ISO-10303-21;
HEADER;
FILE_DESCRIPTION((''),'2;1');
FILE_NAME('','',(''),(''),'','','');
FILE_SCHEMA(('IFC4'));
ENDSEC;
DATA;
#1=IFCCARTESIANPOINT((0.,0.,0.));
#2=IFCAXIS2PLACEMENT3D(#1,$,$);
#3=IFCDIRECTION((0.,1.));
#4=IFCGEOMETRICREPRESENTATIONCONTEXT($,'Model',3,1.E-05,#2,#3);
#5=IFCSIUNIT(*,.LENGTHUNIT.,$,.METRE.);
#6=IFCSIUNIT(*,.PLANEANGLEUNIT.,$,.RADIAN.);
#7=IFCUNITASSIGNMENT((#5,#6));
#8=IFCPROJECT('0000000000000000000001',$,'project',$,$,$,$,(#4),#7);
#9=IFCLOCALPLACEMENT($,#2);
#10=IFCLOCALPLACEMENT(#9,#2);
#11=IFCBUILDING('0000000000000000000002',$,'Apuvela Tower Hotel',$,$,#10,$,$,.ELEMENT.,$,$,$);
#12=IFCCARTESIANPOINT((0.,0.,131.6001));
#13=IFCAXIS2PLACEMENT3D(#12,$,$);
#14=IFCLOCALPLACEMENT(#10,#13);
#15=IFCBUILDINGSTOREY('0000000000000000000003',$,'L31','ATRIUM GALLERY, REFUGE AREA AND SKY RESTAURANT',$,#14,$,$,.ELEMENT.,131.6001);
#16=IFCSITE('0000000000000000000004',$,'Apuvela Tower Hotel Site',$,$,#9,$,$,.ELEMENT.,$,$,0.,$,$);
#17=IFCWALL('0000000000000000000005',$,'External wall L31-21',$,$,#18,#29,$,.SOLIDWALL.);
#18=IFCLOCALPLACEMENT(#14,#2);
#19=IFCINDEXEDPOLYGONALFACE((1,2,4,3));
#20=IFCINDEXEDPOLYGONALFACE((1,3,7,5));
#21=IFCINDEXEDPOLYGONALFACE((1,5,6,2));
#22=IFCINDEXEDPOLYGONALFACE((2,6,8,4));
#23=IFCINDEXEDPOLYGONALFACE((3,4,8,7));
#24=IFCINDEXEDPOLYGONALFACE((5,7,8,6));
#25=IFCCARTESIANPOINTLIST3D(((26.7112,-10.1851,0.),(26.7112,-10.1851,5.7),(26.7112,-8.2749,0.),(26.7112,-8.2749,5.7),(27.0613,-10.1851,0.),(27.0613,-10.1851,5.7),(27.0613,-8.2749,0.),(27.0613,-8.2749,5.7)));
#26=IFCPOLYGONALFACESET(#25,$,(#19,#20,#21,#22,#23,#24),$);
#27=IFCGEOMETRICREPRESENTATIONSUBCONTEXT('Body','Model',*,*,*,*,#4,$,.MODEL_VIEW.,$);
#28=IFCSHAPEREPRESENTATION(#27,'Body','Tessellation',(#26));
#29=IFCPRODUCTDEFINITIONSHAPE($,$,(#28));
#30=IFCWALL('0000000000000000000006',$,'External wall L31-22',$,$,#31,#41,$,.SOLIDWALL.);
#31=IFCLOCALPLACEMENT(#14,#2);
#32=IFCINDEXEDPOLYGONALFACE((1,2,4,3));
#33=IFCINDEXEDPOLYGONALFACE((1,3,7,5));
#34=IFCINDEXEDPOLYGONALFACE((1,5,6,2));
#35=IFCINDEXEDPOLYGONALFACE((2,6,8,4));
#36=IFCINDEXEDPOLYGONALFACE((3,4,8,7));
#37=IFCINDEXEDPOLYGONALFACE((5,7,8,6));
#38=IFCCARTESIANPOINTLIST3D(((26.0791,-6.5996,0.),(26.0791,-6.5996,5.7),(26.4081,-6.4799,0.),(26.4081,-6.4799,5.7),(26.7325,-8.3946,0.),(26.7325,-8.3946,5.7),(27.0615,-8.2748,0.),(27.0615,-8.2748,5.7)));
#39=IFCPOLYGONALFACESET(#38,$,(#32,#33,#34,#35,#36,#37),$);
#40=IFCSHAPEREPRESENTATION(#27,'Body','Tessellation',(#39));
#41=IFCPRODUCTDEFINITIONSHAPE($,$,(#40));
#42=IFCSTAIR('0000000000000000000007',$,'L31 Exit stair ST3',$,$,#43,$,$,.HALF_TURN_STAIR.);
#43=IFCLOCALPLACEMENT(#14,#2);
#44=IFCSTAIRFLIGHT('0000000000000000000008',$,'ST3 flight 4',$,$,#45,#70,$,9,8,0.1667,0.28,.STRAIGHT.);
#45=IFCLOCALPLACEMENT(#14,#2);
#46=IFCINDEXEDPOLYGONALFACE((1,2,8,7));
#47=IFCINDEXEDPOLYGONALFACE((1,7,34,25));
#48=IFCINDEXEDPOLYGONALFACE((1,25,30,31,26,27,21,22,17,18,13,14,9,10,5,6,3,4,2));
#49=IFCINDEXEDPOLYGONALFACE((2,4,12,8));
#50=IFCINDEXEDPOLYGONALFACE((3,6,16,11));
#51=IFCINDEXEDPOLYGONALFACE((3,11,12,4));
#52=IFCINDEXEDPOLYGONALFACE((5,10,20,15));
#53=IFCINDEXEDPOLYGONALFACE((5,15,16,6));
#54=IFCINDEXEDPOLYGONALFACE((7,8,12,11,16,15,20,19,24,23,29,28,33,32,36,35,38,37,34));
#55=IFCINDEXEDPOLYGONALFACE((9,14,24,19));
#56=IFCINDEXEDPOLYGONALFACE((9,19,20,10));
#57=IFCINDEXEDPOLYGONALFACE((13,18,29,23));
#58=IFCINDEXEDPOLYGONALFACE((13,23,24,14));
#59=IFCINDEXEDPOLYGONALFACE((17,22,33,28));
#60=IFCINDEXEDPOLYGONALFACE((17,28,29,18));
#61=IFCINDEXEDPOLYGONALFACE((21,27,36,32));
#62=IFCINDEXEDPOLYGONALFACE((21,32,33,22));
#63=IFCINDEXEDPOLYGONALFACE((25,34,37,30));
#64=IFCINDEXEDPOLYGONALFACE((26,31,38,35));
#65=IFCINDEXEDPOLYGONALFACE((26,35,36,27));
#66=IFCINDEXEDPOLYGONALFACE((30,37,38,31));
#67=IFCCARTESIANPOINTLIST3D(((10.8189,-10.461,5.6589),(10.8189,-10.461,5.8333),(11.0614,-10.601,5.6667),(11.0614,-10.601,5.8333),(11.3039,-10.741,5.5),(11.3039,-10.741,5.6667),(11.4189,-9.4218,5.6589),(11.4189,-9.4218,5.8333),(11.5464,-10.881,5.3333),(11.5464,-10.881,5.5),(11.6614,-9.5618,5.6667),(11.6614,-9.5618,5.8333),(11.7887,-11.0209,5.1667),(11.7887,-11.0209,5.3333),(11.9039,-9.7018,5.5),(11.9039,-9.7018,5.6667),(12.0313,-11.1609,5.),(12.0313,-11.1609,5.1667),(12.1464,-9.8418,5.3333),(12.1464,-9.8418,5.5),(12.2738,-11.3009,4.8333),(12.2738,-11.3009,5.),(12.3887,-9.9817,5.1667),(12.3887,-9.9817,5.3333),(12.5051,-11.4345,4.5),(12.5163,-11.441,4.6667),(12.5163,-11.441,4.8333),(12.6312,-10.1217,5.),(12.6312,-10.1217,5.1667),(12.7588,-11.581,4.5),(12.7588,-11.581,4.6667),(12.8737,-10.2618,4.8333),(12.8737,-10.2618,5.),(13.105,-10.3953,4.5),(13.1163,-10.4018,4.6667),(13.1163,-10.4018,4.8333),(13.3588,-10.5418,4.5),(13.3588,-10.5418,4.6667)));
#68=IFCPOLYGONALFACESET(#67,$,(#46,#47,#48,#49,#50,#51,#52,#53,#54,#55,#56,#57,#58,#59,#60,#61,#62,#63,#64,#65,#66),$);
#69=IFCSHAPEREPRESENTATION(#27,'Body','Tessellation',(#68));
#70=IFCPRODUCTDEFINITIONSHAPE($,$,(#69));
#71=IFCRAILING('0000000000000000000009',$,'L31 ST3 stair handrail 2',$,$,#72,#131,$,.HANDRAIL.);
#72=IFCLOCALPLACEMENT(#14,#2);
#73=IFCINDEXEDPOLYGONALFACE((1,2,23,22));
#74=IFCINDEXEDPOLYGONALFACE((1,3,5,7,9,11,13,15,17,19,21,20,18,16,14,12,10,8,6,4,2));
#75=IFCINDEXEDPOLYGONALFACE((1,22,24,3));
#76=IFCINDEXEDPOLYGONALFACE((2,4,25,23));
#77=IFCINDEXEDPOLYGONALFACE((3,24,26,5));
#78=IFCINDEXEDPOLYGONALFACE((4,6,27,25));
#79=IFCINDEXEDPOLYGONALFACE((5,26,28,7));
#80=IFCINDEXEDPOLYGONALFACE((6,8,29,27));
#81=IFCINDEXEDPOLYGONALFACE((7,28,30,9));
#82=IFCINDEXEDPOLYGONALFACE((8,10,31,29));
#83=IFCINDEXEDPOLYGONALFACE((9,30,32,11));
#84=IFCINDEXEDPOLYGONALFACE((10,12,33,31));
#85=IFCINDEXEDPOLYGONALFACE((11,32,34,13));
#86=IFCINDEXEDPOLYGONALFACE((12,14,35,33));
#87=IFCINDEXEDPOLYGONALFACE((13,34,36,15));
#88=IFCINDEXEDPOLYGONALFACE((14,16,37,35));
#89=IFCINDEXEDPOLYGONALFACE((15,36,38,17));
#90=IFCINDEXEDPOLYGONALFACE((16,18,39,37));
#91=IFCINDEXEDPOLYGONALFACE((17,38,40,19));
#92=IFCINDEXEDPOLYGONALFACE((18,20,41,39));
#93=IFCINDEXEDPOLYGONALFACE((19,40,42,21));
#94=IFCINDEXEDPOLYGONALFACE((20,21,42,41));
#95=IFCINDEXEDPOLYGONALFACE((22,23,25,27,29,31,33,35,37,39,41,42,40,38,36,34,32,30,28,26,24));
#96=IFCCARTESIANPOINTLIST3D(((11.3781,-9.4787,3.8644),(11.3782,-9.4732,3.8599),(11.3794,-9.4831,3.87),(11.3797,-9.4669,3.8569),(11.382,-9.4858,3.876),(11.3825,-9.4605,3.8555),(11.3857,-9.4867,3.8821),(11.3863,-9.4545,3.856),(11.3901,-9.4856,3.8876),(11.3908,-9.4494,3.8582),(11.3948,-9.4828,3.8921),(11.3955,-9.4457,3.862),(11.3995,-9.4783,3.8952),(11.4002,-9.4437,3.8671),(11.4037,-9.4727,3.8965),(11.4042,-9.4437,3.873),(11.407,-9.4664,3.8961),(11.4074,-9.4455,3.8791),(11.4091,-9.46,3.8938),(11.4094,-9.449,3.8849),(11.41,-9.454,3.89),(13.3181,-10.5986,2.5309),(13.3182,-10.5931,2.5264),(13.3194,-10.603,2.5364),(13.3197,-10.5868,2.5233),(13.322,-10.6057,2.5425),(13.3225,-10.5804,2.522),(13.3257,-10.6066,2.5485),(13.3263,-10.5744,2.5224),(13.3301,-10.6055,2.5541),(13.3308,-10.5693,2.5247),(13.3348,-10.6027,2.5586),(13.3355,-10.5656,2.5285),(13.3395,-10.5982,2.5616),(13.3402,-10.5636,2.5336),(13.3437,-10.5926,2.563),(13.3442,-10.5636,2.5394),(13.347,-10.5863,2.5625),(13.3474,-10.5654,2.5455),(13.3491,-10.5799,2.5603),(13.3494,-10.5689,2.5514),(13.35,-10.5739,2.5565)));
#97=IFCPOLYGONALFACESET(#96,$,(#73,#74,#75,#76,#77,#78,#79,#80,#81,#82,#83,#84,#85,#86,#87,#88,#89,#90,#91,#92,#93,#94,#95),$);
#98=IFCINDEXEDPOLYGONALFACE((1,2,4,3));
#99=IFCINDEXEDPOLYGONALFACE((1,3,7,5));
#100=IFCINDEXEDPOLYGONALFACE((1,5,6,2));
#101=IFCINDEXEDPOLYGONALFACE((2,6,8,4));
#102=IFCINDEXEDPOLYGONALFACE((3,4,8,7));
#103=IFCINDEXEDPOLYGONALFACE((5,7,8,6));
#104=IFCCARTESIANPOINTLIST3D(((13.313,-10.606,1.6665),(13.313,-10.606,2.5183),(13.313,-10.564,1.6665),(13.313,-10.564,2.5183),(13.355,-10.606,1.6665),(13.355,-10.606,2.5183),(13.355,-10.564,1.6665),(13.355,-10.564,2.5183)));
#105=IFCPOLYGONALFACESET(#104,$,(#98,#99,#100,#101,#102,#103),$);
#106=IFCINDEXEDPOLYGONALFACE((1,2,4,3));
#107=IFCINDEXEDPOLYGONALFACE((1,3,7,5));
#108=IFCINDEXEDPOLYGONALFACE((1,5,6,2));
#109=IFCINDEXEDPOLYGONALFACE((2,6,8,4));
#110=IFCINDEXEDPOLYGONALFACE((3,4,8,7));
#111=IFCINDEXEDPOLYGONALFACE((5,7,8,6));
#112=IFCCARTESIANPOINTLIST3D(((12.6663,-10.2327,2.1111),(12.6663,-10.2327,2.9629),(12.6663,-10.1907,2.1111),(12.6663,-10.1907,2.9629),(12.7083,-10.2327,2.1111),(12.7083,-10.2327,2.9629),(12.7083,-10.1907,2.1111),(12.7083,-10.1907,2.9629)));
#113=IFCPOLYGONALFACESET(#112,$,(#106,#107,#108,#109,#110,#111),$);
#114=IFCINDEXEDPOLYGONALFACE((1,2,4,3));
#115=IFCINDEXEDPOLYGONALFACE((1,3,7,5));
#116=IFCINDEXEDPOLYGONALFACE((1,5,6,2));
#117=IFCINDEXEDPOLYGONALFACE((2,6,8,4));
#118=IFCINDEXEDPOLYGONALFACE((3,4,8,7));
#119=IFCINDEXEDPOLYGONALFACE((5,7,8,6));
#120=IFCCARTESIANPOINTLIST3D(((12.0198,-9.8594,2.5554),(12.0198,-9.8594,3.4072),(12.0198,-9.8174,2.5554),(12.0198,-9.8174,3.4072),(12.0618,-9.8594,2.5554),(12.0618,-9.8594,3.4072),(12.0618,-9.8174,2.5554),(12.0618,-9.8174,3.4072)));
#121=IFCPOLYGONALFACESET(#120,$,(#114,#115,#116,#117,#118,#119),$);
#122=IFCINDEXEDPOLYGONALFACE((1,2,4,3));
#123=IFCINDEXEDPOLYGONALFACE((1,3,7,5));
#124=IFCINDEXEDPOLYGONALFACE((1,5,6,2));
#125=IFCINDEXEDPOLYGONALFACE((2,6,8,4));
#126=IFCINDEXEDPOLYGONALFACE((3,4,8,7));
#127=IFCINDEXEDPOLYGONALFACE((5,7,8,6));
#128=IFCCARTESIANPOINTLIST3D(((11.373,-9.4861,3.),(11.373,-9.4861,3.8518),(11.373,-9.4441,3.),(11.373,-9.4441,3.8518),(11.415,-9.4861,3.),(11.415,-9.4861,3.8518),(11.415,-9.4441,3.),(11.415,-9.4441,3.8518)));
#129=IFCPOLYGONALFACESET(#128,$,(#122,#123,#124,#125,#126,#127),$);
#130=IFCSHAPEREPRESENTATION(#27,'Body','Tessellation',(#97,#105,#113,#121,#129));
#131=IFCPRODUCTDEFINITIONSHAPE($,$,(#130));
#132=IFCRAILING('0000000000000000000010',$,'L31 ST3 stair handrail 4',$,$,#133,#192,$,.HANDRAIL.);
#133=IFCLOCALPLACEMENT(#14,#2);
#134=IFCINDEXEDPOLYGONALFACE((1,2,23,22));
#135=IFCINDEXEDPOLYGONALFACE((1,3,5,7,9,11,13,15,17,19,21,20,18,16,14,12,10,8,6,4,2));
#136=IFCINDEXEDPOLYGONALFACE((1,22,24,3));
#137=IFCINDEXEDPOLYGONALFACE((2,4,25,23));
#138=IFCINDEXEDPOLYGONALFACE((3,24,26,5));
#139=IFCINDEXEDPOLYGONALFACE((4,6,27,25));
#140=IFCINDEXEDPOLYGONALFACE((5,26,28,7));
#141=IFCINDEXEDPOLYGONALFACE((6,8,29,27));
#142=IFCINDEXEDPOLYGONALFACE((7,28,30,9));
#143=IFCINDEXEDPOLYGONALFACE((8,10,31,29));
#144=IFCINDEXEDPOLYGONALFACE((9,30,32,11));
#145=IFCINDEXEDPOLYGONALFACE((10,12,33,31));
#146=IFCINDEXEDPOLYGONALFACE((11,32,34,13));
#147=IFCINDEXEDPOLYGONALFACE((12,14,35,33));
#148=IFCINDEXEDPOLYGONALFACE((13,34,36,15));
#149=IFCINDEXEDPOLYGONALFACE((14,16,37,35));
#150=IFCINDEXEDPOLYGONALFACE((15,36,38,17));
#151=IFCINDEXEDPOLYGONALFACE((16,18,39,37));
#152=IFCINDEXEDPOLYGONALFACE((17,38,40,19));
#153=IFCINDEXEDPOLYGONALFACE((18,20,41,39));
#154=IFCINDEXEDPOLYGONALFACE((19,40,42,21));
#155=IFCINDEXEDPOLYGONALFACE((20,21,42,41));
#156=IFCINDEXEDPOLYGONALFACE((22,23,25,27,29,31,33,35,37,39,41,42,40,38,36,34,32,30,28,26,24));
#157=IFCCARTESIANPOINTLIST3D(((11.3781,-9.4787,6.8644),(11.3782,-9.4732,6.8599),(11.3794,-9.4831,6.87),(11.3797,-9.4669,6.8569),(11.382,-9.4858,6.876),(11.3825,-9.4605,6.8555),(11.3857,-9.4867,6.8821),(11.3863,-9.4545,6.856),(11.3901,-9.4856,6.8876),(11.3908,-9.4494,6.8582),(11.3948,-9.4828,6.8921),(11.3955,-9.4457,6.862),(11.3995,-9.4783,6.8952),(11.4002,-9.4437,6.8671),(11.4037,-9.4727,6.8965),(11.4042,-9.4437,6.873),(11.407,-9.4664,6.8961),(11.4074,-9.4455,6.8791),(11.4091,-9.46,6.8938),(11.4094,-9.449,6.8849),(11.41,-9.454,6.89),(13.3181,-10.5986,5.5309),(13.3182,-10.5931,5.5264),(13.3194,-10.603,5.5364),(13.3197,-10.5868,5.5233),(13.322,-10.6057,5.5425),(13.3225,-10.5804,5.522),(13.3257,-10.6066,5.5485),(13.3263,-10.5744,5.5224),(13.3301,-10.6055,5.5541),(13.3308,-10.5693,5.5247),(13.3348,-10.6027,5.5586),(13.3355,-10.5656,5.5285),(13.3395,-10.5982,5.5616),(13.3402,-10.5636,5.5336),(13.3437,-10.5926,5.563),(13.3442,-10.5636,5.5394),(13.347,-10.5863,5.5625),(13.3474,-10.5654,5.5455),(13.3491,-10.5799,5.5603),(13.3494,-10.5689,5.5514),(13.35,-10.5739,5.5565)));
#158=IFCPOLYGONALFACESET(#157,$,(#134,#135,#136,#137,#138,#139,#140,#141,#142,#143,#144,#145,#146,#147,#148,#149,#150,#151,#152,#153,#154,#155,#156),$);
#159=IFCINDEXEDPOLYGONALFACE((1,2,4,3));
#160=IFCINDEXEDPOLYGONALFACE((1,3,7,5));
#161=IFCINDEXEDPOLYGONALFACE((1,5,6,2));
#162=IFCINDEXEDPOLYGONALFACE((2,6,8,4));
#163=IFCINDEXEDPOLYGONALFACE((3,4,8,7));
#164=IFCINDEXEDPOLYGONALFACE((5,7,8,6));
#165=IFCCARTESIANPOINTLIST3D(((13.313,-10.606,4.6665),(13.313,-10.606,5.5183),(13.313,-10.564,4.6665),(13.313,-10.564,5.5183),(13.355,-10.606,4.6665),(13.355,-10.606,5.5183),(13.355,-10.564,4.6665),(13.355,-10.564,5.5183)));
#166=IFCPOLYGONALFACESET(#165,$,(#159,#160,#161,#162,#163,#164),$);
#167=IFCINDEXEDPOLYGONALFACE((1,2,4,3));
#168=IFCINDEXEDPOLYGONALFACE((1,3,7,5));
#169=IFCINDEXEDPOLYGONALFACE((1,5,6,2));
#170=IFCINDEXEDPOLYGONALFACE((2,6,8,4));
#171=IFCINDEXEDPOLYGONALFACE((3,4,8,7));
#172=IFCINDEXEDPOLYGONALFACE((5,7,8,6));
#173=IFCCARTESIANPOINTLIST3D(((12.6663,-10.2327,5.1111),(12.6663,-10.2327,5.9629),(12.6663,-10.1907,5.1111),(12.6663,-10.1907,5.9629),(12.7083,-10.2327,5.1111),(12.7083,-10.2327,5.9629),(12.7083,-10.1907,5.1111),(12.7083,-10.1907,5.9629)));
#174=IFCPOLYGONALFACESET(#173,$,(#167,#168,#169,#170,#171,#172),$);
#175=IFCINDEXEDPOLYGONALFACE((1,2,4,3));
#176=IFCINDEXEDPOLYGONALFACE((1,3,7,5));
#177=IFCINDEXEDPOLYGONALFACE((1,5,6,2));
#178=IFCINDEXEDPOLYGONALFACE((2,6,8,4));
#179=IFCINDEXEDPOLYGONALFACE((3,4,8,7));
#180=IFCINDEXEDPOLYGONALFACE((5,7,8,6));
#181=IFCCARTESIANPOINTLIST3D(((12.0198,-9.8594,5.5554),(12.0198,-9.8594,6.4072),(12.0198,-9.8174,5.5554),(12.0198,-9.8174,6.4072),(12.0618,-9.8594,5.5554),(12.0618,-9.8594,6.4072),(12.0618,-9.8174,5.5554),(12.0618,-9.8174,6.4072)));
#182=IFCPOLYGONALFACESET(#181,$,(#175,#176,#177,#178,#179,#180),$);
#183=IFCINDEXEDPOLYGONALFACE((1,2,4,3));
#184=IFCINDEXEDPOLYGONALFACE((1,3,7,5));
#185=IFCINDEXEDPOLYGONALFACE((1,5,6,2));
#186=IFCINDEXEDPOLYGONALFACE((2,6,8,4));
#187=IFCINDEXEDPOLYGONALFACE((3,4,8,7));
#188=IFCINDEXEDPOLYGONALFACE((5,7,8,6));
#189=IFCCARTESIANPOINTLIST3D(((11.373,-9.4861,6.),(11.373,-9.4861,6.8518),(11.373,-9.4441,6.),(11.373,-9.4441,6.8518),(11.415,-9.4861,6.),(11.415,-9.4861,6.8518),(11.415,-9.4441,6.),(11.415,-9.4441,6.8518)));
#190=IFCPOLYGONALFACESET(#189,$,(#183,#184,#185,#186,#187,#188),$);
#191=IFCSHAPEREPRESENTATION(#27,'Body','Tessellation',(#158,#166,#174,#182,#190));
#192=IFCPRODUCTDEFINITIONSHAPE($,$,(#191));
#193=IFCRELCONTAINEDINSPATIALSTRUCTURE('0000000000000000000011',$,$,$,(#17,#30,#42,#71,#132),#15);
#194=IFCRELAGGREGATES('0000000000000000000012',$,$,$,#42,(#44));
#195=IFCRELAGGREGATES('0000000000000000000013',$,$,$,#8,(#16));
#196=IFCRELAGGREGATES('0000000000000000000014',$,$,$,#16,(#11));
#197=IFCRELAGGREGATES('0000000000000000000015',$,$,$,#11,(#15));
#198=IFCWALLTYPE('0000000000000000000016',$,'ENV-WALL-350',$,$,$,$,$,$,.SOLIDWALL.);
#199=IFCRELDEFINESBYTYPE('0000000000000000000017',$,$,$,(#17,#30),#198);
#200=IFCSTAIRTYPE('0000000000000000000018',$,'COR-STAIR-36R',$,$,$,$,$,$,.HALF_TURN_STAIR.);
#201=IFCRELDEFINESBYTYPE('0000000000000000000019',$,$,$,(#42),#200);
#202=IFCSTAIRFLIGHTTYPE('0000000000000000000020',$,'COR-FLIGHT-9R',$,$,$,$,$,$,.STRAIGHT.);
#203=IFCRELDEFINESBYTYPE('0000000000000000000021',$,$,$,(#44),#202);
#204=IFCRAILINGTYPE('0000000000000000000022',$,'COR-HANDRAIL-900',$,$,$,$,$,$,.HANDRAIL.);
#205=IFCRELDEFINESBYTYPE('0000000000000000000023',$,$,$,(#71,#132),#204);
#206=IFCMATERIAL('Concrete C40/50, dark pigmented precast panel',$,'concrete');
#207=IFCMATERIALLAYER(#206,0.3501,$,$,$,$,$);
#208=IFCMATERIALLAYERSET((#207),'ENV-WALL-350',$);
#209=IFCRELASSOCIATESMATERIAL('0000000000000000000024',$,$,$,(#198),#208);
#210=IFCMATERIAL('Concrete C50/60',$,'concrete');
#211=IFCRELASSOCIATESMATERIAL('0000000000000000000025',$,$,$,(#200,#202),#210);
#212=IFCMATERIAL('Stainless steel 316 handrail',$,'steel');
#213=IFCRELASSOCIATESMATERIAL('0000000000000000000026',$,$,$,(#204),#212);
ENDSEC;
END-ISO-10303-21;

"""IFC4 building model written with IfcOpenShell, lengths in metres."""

from ifc_helpers import new_model, si_unit, direction, frame, frame_2d, origin, origin_2d, place, context, subcontext, project, spatial, polyline, rectangle, circle, outline, extrude, material, layer, layer_set, type_object, element, aggregate, save


model = new_model("IFC4")

# Units and contexts
model_context = context("Model", 3, precision=1e-05, world=origin(), true_north=direction((0.0, 1.0)))
body_context = subcontext(model_context, "Body", "Model", "MODEL_VIEW")
ifc_project = project(units=[si_unit("LENGTHUNIT", "METRE"), si_unit("PLANEANGLEUNIT", "RADIAN")], contexts=[model_context])

# Site, building, storey
site_placement = place(None, origin())
site = spatial("IfcSite", under=ifc_project, at=site_placement, Name="Apuvela Tower Hotel Site", CompositionType="ELEMENT", RefElevation=0.0)
building_placement = place(site_placement, origin())
building = spatial("IfcBuilding", under=site, at=building_placement, Name="Apuvela Tower Hotel", CompositionType="ELEMENT")
storey_placement = place(building_placement, frame((0.0, 0.0, 131.6001)))
storey = spatial("IfcBuildingStorey", under=building, at=storey_placement, Name="L31", Description="ATRIUM GALLERY, REFUGE AREA AND SKY RESTAURANT", CompositionType="ELEMENT", Elevation=131.6001)

# Shared definitions
ifc_material_1 = material(Name="Concrete C50/60", Category="concrete")

# Walls
ifc_material_2 = material(Name="Concrete C40/50, dark pigmented precast panel", Category="concrete")
ifc_layer_1 = layer(ifc_material_2, 0.3501)
ifc_layer_set_1 = layer_set([ifc_layer_1], Name="ENV-WALL-350")
wall_type_1 = type_object("IfcWallType", Name="ENV-WALL-350", PredefinedType="SOLIDWALL", material=ifc_layer_set_1)
for number, where, z_axis, x_axis, name in (
    (1, (26.8862, -10.1851, 0.0), (0.0, 0.0, 1.0), (0.0, 1.0, 0.0), "External wall L31-21"),
    (2, (26.897, -8.3347, 0.0), (0.0, 0.0, 1.0), (-0.34203, 0.939689, 0.0), "External wall L31-22"),
):
    element("IfcWall", number, at=place(storey_placement, frame(where, z_axis=z_axis, x_axis=x_axis)), inside=storey, type_object=wall_type_1, Name=name, PredefinedType="SOLIDWALL", context=body_context, shape_type="SweptSolid", body=[
        extrude(rectangle(XDim=1.9102, YDim=0.3501, at=frame_2d((0.9551, 0.0))), origin(), (0.0, 0.0, 1.0), 5.7),
    ])

# Stair, stair flight
stair_type = type_object("IfcStairType", Name="COR-STAIR-36R", PredefinedType="HALF_TURN_STAIR", material=ifc_material_1)
stair_placement = place(storey_placement, origin())
stair = element("IfcStair", 3, at=stair_placement, inside=storey, type_object=stair_type, Name="L31 Exit stair ST3", PredefinedType="HALF_TURN_STAIR")
stair_flight_type = type_object("IfcStairFlightType", Name="COR-FLIGHT-9R", PredefinedType="STRAIGHT", material=ifc_material_1)
stair_flight_placement = place(storey_placement, frame((13.0588, -11.0613, 4.5), z_axis=(0.0, 0.0, 1.0), x_axis=(-0.866025, 0.5, 0.0)))
stair_flight = element("IfcStairFlight", 4, at=stair_flight_placement, type_object=stair_flight_type, Name="ST3 flight 4", NumberOfRisers=9, NumberOfTreads=8, PredefinedType="STRAIGHT", RiserHeight=0.1667, TreadLength=0.28, context=body_context, shape_type="SweptSolid", body=[
    extrude(outline(polyline([(0.0, 0.0), (0.0, 0.1667), (0.28, 0.1667), (0.28, 0.3333), (0.5601, 0.3333), (0.5601, 0.5), (0.8401, 0.5), (0.8401, 0.6667), (1.1201, 0.6667), (1.1201, 0.8333), (1.3999, 0.8333), (1.3999, 1.0), (1.6799, 1.0), (1.6799, 1.1667), (1.96, 1.1667), (1.96, 1.3333), (2.24, 1.3333), (2.24, 1.5), (2.24, 1.1589), (0.293, 0.0), (0.0, 0.0)])), frame((0.0, 0.6001, 0.0), z_axis=(0.0, -1.0, 0.0), x_axis=(1.0, 0.0, 0.0)), (0.0, 0.0, 1.0), 1.2),
])
aggregate(stair, [stair_flight])

# Railings
ifc_material_3 = material(Name="Stainless steel 316 handrail", Category="steel")
railing_type = type_object("IfcRailingType", Name="COR-HANDRAIL-900", PredefinedType="HANDRAIL", material=ifc_material_3)
for number, where, name in (
    (5, (13.334, -10.585, 1.6665), "L31 ST3 stair handrail 2"),
    (6, (13.334, -10.585, 4.6665), "L31 ST3 stair handrail 4"),
):
    element("IfcRailing", number, at=place(storey_placement, frame(where)), inside=storey, type_object=railing_type, Name=name, PredefinedType="HANDRAIL", context=body_context, shape_type="SweptSolid", body=[
        extrude(circle(Radius=0.0239, at=origin_2d()), frame((0.0, 0.0, 0.876), z_axis=(-0.744169, 0.429588, 0.511534), x_axis=(-0.499949, -0.866055, 0.0)), (0.0, 0.0, 1.0), 2.6069),
        extrude(rectangle(XDim=0.042, YDim=0.042, at=origin_2d()), origin(), (0.0, 0.0, 1.0), 0.8518),
        extrude(rectangle(XDim=0.042, YDim=0.042, at=origin_2d()), frame((-0.6467, 0.3733, 0.4446)), (0.0, 0.0, 1.0), 0.8518),
        extrude(rectangle(XDim=0.042, YDim=0.042, at=origin_2d()), frame((-1.2932, 0.7466, 0.8889)), (0.0, 0.0, 1.0), 0.8518),
        extrude(rectangle(XDim=0.042, YDim=0.042, at=origin_2d()), frame((-1.9399, 1.1199, 1.3335)), (0.0, 0.0, 1.0), 0.8518),
    ])

save(model, "model.ifc")
